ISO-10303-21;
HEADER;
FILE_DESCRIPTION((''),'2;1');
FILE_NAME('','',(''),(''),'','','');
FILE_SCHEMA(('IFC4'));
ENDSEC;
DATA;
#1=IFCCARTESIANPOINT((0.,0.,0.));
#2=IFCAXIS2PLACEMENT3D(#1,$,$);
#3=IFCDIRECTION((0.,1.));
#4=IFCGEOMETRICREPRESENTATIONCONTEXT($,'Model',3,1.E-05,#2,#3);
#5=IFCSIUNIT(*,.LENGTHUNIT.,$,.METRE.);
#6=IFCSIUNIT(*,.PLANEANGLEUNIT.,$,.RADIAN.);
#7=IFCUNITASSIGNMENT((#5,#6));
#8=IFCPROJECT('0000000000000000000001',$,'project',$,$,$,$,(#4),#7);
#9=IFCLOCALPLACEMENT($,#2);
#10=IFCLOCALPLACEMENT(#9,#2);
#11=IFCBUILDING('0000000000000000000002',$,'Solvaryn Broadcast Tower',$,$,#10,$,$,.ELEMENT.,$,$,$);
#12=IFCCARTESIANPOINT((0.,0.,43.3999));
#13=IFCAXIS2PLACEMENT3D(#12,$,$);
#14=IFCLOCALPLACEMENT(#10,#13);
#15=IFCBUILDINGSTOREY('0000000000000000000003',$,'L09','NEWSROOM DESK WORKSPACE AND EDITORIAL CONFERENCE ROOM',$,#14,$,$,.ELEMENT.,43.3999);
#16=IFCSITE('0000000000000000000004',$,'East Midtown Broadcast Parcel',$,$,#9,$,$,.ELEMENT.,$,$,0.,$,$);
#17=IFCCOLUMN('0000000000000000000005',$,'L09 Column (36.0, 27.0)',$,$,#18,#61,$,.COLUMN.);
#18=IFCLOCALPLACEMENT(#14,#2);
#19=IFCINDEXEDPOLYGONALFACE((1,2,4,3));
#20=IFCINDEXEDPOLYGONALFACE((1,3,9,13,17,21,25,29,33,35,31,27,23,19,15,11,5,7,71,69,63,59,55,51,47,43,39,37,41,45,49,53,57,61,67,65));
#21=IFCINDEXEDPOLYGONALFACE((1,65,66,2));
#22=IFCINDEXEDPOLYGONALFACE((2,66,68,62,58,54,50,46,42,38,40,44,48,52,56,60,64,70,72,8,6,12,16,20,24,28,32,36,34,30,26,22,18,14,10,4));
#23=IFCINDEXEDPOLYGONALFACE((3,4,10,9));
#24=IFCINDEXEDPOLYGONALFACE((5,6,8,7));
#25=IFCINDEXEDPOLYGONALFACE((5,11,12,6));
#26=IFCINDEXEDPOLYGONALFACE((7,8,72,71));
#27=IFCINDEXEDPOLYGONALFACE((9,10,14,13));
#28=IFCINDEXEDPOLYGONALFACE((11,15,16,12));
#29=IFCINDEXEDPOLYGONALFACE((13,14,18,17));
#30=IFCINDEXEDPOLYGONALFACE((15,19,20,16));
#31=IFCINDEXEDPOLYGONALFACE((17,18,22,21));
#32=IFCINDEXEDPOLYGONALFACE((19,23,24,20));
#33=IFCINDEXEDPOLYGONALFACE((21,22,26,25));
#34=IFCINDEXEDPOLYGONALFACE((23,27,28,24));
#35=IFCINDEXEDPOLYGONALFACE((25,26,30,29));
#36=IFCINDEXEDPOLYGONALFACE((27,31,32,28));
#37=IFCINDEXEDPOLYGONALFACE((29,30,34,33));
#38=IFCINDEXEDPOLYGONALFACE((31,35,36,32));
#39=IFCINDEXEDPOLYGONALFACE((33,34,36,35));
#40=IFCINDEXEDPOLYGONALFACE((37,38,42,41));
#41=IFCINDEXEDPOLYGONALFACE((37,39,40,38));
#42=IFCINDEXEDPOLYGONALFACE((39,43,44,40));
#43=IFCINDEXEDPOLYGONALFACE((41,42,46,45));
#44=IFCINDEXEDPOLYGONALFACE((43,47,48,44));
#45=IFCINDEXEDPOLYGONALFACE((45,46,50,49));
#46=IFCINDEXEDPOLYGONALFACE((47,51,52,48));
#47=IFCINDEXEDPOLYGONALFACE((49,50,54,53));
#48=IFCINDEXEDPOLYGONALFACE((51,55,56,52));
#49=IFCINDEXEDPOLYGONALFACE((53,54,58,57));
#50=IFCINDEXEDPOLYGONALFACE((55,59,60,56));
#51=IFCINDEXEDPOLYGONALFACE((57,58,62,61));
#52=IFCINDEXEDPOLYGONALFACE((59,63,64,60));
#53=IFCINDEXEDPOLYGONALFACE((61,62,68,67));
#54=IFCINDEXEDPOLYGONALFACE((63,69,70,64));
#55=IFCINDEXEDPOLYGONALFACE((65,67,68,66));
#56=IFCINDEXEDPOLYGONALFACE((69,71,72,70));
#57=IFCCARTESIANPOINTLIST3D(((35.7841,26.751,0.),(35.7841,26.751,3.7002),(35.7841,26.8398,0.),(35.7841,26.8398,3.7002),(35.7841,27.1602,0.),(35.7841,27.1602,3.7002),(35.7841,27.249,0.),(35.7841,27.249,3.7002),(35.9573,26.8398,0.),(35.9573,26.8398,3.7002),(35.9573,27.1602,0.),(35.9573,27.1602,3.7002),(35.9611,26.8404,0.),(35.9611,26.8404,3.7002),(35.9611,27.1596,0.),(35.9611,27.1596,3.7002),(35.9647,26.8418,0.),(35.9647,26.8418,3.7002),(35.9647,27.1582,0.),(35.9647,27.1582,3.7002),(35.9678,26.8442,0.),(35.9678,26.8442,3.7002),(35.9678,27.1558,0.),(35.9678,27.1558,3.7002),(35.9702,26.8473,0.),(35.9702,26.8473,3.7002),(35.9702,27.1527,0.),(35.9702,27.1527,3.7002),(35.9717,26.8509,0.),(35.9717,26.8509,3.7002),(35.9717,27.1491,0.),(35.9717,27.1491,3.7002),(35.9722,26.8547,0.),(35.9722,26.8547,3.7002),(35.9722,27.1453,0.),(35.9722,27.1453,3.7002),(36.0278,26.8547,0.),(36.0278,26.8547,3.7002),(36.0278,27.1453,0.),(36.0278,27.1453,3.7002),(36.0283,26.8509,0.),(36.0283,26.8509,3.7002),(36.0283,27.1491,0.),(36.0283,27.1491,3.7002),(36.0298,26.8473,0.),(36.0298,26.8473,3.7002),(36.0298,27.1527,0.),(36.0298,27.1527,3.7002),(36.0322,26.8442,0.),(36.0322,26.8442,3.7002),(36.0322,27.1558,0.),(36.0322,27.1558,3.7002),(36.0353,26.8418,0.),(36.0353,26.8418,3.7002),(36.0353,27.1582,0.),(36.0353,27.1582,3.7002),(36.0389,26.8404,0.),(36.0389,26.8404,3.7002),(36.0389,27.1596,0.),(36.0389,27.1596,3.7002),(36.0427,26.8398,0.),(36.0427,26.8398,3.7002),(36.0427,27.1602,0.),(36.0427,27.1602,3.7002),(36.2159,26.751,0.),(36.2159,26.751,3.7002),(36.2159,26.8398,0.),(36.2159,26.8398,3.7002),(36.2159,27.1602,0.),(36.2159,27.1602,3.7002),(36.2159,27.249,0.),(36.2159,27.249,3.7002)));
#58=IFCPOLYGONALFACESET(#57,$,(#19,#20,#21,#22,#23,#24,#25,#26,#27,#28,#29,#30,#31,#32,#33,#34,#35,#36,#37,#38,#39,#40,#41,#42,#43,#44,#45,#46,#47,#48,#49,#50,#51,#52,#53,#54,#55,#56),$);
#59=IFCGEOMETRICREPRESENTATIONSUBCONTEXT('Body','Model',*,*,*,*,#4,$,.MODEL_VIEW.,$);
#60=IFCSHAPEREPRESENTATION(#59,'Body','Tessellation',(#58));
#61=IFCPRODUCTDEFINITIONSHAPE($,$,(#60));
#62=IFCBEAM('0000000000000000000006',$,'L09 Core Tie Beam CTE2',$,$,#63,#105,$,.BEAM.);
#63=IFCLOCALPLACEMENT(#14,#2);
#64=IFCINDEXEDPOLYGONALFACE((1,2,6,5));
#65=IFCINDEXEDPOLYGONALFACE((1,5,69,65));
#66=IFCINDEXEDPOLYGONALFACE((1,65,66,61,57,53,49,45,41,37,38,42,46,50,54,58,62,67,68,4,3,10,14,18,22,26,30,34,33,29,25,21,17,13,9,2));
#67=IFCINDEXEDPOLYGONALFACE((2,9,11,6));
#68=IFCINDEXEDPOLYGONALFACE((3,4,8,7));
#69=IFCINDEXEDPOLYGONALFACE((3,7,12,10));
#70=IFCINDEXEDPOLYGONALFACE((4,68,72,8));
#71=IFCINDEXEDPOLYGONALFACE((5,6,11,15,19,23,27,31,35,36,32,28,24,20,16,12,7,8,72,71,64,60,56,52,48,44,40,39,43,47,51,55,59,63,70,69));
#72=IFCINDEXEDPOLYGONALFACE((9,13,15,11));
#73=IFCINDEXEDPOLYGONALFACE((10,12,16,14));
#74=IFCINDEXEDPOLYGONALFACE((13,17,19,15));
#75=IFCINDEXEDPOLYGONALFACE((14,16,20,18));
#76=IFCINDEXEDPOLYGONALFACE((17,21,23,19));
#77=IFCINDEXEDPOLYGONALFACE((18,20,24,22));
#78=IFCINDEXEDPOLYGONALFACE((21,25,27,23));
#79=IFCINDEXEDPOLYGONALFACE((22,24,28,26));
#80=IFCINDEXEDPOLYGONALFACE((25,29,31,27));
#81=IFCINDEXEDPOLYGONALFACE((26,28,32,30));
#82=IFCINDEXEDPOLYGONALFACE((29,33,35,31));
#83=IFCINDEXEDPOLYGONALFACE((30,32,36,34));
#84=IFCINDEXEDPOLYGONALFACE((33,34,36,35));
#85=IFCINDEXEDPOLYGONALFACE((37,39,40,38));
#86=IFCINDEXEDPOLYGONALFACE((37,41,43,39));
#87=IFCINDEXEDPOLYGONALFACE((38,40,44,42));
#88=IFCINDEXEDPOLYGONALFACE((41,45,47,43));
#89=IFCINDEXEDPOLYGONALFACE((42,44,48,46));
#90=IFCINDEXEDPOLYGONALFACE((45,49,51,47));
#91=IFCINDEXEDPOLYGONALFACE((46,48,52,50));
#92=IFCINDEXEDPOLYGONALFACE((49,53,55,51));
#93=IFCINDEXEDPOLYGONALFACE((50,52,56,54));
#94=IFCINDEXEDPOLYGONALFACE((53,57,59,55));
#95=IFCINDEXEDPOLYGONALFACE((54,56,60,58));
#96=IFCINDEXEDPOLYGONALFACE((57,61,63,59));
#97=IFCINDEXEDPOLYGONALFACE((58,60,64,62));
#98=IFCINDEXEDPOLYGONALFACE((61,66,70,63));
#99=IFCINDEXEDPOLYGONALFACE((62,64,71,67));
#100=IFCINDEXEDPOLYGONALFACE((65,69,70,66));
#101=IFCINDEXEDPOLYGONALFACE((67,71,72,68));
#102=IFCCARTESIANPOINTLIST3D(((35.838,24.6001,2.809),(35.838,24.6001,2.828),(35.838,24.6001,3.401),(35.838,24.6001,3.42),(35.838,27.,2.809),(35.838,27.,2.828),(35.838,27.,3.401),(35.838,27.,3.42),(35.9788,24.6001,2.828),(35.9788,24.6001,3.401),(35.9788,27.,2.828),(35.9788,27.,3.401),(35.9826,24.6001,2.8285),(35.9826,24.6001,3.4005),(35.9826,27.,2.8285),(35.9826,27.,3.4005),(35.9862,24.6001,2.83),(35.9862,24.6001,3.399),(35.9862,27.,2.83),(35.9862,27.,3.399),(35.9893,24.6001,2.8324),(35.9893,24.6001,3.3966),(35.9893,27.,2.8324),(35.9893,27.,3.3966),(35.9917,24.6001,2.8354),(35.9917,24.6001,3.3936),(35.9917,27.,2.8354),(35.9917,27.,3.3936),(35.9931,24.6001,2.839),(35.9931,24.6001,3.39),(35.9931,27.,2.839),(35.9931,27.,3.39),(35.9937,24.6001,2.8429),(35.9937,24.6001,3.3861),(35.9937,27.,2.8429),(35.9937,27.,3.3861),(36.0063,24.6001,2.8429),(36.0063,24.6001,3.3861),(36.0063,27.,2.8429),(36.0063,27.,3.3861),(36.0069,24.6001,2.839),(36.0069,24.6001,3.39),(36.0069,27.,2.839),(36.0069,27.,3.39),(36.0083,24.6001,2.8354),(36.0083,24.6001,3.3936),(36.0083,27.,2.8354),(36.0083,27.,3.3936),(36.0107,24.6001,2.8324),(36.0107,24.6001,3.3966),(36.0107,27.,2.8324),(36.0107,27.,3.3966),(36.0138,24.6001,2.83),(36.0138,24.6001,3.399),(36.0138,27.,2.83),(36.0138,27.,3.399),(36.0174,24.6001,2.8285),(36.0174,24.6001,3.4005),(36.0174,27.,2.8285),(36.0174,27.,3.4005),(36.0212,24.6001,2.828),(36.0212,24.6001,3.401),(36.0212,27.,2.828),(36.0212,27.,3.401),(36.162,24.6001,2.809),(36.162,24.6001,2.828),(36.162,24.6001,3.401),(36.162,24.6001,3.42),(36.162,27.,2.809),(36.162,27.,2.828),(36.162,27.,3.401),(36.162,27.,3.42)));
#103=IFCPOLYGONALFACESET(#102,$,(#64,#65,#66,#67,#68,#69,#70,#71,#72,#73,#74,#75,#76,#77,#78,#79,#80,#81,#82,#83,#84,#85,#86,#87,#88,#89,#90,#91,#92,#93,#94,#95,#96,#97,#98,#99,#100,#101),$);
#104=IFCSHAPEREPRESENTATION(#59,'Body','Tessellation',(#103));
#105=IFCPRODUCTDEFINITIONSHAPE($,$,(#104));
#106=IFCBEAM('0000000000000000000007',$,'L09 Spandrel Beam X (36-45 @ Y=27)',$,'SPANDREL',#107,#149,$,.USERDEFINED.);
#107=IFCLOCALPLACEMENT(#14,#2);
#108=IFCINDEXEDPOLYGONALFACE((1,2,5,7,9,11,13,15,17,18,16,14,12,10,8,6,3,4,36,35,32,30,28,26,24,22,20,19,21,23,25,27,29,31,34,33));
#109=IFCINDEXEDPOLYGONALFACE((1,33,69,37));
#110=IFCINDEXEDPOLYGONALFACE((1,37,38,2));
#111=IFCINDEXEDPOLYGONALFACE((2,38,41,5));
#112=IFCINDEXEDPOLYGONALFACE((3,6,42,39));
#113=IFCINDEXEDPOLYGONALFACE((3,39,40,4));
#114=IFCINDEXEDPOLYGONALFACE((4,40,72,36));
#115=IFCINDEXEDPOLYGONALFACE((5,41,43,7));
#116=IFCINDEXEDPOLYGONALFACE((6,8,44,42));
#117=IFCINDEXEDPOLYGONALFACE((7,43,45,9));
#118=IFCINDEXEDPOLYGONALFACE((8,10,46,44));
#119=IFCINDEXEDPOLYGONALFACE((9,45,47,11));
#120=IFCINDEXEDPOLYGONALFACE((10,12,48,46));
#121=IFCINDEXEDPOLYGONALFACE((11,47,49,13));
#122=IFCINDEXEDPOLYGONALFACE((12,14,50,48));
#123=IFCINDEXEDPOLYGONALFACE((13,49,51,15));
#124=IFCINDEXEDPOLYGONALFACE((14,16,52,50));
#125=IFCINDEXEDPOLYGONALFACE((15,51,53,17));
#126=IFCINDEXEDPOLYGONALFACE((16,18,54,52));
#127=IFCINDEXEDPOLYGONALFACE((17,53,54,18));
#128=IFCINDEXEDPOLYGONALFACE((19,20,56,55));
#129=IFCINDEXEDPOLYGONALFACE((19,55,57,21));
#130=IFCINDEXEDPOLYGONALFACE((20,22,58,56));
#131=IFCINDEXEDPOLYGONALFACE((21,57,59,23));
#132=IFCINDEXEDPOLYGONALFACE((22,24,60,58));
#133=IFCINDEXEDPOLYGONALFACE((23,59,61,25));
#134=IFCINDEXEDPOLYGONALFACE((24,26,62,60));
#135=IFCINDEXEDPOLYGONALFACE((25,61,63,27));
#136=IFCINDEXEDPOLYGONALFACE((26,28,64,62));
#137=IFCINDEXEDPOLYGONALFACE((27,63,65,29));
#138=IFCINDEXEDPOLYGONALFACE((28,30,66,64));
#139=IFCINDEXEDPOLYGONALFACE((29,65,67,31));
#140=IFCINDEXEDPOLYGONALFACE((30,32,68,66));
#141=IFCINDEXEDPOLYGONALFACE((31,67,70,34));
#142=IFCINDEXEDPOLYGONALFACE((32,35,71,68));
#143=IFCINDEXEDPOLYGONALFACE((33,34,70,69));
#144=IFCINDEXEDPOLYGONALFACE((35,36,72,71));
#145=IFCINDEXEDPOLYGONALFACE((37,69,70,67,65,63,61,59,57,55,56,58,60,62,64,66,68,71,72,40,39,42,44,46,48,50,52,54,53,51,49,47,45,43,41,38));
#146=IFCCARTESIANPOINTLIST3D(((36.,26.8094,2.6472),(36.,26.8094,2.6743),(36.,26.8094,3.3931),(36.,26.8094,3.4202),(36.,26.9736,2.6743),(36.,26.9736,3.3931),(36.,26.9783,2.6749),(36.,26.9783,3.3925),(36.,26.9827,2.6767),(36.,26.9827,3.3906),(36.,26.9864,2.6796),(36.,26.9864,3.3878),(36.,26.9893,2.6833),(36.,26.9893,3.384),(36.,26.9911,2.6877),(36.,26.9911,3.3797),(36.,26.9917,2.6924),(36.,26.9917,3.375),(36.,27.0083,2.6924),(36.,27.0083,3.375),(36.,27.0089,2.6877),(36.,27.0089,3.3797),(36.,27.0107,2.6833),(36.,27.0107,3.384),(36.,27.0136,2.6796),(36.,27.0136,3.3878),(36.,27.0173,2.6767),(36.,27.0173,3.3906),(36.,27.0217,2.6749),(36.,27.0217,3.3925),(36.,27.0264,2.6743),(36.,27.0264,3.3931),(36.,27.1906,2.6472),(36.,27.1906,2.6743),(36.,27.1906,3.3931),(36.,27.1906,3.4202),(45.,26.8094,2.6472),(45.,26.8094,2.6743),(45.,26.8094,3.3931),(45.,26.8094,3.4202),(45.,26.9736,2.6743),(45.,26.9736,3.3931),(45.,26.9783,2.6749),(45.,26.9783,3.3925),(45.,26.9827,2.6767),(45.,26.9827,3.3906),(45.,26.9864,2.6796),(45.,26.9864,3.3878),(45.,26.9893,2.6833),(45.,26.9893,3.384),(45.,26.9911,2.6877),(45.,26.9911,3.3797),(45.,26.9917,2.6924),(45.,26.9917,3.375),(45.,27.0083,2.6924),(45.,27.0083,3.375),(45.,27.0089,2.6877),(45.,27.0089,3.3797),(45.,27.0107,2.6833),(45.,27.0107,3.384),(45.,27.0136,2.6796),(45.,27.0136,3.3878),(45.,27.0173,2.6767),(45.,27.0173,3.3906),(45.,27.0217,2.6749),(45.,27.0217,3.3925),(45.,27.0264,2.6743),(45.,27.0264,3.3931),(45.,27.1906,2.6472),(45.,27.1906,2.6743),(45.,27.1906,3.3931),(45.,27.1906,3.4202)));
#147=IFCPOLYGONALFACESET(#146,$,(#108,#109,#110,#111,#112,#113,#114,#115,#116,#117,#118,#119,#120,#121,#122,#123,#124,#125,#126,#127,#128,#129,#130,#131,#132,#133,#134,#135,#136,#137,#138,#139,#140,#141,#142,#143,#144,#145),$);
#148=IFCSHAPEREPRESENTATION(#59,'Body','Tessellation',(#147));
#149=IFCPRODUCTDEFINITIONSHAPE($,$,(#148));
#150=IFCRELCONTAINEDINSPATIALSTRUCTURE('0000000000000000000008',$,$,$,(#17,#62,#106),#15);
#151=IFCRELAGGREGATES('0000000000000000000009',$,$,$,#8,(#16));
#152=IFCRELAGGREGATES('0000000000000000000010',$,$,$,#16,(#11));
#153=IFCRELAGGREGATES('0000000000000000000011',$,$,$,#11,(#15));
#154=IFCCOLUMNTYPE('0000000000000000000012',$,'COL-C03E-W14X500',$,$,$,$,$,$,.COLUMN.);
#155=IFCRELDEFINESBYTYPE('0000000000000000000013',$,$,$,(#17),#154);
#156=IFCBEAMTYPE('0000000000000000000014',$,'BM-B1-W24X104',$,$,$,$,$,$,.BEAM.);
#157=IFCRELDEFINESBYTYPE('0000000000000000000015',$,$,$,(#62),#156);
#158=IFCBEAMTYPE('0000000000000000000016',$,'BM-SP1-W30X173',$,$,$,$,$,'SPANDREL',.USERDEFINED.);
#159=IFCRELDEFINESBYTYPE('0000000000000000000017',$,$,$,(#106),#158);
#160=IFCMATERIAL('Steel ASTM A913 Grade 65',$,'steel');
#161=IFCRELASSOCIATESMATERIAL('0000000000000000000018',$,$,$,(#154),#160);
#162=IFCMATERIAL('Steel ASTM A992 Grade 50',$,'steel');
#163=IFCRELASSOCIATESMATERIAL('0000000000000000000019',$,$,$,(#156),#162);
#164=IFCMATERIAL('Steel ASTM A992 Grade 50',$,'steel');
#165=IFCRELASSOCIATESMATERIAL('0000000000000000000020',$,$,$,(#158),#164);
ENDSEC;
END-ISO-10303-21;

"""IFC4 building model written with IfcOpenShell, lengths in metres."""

from ifc_helpers import new_model, si_unit, direction, frame, origin, origin_2d, place, context, subcontext, project, spatial, i_section, extrude, material, material_profile, profile_set, type_object, element, save


model = new_model("IFC4")

# Units and contexts
model_context = context("Model", 3, precision=1e-05, world=origin(), true_north=direction((0.0, 1.0)))
body_context = subcontext(model_context, "Body", "Model", "MODEL_VIEW")
ifc_project = project(units=[si_unit("LENGTHUNIT", "METRE"), si_unit("PLANEANGLEUNIT", "RADIAN")], contexts=[model_context])

# Site, building, storey
site_placement = place(None, origin())
site = spatial("IfcSite", under=ifc_project, at=site_placement, Name="East Midtown Broadcast Parcel", CompositionType="ELEMENT", RefElevation=0.0)
building_placement = place(site_placement, origin())
building = spatial("IfcBuilding", under=site, at=building_placement, Name="Solvaryn Broadcast Tower", CompositionType="ELEMENT")
storey_placement = place(building_placement, frame((0.0, 0.0, 43.3999)))
storey = spatial("IfcBuildingStorey", under=building, at=storey_placement, Name="L09", Description="NEWSROOM DESK WORKSPACE AND EDITORIAL CONFERENCE ROOM", CompositionType="ELEMENT", Elevation=43.3999)

# Column
ifc_material_1 = material(Name="Steel ASTM A913 Grade 65", Category="steel")
ifc_material_profile_1 = material_profile(ifc_material_1, i_section(OverallWidth=0.4319, OverallDepth=0.498, WebThickness=0.0557, FlangeThickness=0.0889, FilletRadius=0.0149, at=origin_2d()))
ifc_profile_set_1 = profile_set([ifc_material_profile_1], Name="Steel ASTM A913 Grade 65")
column_type = type_object("IfcColumnType", Name="COL-C03E-W14X500", PredefinedType="COLUMN", material=ifc_profile_set_1)
column_placement = place(storey_placement, frame((36.0, 27.0, 0.0), z_axis=(0.0, 0.0, 1.0), x_axis=(1.0, 0.0, 0.0)))
element("IfcColumn", 1, at=column_placement, inside=storey, type_object=column_type, Name="L09 Column (36.0, 27.0)", PredefinedType="COLUMN", context=body_context, shape_type="SweptSolid", body=[
    extrude(i_section(OverallWidth=0.4319, OverallDepth=0.498, WebThickness=0.0557, FlangeThickness=0.0889, FilletRadius=0.0149, at=origin_2d()), origin(), (0.0, 0.0, 1.0), 3.7002),
])

# Beams
ifc_material_2 = material(Name="Steel ASTM A992 Grade 50", Category="steel")
ifc_material_profile_2 = material_profile(ifc_material_2, i_section(OverallWidth=0.324, OverallDepth=0.6111, WebThickness=0.0127, FlangeThickness=0.019, FilletRadius=0.0149, at=origin_2d()))
ifc_profile_set_2 = profile_set([ifc_material_profile_2], Name="Steel ASTM A992 Grade 50")
beam_type_1 = type_object("IfcBeamType", Name="BM-B1-W24X104", PredefinedType="BEAM", material=ifc_profile_set_2)
beam_1_placement = place(storey_placement, frame((36.0, 24.6001, 3.1145), z_axis=(0.0, 1.0, 0.0), x_axis=(-1.0, 0.0, 0.0)))
element("IfcBeam", 2, at=beam_1_placement, inside=storey, type_object=beam_type_1, Name="L09 Core Tie Beam CTE2", PredefinedType="BEAM", context=body_context, shape_type="SweptSolid", body=[
    extrude(i_section(OverallWidth=0.324, OverallDepth=0.6111, WebThickness=0.0127, FlangeThickness=0.019, FilletRadius=0.0149, at=origin_2d()), origin(), (0.0, 0.0, 1.0), 2.3999),
])
ifc_material_3 = material(Name="Steel ASTM A992 Grade 50", Category="steel")
ifc_material_profile_3 = material_profile(ifc_material_3, i_section(OverallWidth=0.3811, OverallDepth=0.7729, WebThickness=0.0166, FlangeThickness=0.0271, FilletRadius=0.0181, at=origin_2d()))
ifc_profile_set_3 = profile_set([ifc_material_profile_3], Name="Steel ASTM A992 Grade 50")
beam_type_2 = type_object("IfcBeamType", Name="BM-SP1-W30X173", ElementType="SPANDREL", PredefinedType="USERDEFINED", material=ifc_profile_set_3)
beam_2_placement = place(storey_placement, frame((36.0, 27.0, 3.0337), z_axis=(1.0, 0.0, 0.0), x_axis=(0.0, 1.0, 0.0)))
element("IfcBeam", 3, at=beam_2_placement, inside=storey, type_object=beam_type_2, Name="L09 Spandrel Beam X (36-45 @ Y=27)", ObjectType="SPANDREL", PredefinedType="USERDEFINED", context=body_context, shape_type="SweptSolid", body=[
    extrude(i_section(OverallWidth=0.3811, OverallDepth=0.7729, WebThickness=0.0166, FlangeThickness=0.0271, FilletRadius=0.0181, at=origin_2d()), origin(), (0.0, 0.0, 1.0), 9.0),
])

save(model, "model.ifc")
